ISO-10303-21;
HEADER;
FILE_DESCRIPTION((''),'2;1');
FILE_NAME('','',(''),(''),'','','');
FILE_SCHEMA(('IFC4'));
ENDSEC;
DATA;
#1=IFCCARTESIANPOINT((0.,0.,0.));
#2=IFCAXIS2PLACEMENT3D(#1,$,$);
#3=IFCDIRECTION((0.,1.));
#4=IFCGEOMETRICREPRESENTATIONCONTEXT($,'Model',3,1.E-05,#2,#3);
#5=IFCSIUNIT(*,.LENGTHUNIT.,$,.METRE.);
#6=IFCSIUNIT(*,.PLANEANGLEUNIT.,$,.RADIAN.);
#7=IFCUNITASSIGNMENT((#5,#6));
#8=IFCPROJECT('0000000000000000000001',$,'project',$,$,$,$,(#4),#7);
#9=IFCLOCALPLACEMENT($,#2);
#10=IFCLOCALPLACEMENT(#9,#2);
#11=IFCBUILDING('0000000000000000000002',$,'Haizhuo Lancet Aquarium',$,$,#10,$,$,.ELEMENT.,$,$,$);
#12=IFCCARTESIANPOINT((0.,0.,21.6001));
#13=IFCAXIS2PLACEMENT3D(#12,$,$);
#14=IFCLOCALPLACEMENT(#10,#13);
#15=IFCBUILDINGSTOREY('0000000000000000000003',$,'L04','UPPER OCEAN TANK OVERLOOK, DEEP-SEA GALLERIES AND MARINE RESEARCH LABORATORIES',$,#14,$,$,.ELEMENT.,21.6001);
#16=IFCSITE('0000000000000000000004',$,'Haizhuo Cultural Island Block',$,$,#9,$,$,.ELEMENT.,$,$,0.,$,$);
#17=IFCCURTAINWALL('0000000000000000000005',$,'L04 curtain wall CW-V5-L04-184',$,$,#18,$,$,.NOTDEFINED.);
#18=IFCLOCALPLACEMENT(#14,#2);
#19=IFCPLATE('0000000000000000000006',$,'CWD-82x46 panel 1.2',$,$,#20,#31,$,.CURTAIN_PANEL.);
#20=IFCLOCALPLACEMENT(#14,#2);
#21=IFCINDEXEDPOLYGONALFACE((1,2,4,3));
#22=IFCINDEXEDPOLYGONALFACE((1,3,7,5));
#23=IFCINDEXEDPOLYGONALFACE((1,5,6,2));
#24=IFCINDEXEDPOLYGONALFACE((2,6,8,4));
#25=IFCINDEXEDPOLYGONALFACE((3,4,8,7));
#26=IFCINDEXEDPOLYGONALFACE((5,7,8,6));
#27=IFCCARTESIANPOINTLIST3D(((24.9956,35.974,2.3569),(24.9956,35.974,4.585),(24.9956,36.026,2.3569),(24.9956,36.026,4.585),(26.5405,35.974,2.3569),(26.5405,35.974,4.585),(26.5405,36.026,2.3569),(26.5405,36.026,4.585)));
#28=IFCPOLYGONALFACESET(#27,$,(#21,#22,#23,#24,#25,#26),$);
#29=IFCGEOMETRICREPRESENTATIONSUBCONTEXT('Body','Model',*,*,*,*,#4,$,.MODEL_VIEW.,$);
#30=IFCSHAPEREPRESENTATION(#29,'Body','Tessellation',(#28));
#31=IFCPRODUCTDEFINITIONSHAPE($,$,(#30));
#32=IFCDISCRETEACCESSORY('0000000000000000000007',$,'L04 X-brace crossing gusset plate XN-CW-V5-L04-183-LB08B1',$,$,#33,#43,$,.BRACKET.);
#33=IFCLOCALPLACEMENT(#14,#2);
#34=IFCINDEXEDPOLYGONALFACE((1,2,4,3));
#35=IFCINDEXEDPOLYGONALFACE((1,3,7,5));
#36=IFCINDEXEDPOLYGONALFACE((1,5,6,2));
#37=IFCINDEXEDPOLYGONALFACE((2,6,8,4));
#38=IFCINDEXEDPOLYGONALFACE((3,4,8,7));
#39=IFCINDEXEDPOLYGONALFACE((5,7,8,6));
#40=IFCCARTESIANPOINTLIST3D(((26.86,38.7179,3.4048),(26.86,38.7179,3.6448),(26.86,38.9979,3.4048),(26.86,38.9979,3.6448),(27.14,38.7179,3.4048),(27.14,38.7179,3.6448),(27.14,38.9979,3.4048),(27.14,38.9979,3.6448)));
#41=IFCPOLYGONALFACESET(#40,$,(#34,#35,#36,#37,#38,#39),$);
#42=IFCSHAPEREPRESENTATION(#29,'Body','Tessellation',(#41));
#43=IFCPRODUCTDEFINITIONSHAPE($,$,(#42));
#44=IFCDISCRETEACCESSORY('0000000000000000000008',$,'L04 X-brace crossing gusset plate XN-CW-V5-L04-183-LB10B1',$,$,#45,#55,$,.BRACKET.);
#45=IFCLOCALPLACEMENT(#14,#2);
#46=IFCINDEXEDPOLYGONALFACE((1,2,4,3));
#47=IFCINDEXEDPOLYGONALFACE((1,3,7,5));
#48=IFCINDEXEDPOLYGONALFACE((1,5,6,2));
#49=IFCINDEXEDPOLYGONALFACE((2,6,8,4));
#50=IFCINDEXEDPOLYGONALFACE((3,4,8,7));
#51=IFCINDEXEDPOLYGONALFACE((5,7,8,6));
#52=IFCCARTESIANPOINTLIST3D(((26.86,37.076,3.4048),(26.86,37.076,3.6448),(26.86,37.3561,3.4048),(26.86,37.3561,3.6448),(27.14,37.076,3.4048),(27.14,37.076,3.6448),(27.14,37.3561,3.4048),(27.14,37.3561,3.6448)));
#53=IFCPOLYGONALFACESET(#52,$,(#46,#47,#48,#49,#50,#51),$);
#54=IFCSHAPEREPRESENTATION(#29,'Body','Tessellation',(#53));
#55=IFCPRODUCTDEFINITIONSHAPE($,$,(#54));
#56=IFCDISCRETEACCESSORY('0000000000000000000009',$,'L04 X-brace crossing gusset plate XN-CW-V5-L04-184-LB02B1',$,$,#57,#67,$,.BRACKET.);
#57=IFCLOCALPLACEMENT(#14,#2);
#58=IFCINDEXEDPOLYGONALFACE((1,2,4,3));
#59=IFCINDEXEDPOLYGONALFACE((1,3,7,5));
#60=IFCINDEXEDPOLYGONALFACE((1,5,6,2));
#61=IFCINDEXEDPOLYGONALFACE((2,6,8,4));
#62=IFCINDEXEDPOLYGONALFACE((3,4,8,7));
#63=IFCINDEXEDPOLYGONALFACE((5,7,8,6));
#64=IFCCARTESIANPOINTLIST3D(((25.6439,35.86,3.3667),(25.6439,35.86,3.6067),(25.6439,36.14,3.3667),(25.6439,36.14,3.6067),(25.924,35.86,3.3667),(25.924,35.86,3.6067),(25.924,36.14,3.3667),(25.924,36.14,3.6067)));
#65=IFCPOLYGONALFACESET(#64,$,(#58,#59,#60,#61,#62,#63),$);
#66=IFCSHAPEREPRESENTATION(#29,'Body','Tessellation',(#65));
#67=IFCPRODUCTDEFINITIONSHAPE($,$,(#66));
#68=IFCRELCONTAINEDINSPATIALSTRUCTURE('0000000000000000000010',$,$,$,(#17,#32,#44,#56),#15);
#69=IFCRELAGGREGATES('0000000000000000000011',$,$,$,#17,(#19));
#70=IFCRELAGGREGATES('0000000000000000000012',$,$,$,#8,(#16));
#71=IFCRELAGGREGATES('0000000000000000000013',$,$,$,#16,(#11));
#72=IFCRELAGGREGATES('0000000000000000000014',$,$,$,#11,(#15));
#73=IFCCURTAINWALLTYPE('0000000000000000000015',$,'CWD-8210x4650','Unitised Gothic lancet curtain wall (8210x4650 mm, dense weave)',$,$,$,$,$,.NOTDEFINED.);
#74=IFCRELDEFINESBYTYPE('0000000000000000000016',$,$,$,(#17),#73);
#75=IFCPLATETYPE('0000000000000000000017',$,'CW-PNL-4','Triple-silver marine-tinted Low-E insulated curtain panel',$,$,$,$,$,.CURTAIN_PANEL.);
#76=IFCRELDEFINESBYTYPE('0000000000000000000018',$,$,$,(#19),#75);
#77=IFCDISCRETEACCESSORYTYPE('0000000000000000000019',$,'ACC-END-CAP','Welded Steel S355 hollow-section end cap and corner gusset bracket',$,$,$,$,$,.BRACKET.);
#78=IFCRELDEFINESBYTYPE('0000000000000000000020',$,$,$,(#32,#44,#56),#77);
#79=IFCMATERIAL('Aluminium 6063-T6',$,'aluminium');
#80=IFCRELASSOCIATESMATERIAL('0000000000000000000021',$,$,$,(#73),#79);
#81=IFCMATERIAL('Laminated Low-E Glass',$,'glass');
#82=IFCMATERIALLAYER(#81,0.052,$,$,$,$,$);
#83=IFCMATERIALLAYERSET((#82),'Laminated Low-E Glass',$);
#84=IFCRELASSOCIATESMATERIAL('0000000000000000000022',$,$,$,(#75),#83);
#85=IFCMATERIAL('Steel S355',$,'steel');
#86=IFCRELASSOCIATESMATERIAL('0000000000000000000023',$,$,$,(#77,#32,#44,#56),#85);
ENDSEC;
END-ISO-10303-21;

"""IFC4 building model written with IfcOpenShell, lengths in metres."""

from ifc_helpers import new_model, si_unit, direction, frame, origin, origin_2d, place, context, subcontext, project, spatial, rectangle, extrude, material, layer, layer_set, type_object, element, aggregate, save


model = new_model("IFC4")

# Units and contexts
model_context = context("Model", 3, precision=1e-05, world=origin(), true_north=direction((0.0, 1.0)))
body_context = subcontext(model_context, "Body", "Model", "MODEL_VIEW")
ifc_project = project(units=[si_unit("LENGTHUNIT", "METRE"), si_unit("PLANEANGLEUNIT", "RADIAN")], contexts=[model_context])

# Site, building, storey
site_placement = place(None, origin())
site = spatial("IfcSite", under=ifc_project, at=site_placement, Name="Haizhuo Cultural Island Block", CompositionType="ELEMENT", RefElevation=0.0)
building_placement = place(site_placement, origin())
building = spatial("IfcBuilding", under=site, at=building_placement, Name="Haizhuo Lancet Aquarium", CompositionType="ELEMENT")
storey_placement = place(building_placement, frame((0.0, 0.0, 21.6001)))
storey = spatial("IfcBuildingStorey", under=building, at=storey_placement, Name="L04", Description="UPPER OCEAN TANK OVERLOOK, DEEP-SEA GALLERIES AND MARINE RESEARCH LABORATORIES", CompositionType="ELEMENT", Elevation=21.6001)

# Curtain wall
ifc_material_1 = material(Name="Aluminium 6063-T6", Category="aluminium")
curtain_wall_type_1 = type_object("IfcCurtainWallType", Name="CWD-8210x4650", Description="Unitised Gothic lancet curtain wall (8210x4650 mm, dense weave)", PredefinedType="NOTDEFINED", material=ifc_material_1)
curtain_wall_1_placement = place(storey_placement, origin())
curtain_wall_1 = element("IfcCurtainWall", 1, at=curtain_wall_1_placement, inside=storey, type_object=curtain_wall_type_1, Name="L04 curtain wall CW-V5-L04-184", PredefinedType="NOTDEFINED")

# Shared definitions
ifc_material_2 = material(Name="Steel S355", Category="steel")

# Plate
ifc_material_3 = material(Name="Laminated Low-E Glass", Category="glass")
ifc_layer_1 = layer(ifc_material_3, 0.052)
ifc_layer_set_1 = layer_set([ifc_layer_1], Name="Laminated Low-E Glass")
plate_type_1 = type_object("IfcPlateType", Name="CW-PNL-4", Description="Triple-silver marine-tinted Low-E insulated curtain panel", PredefinedType="CURTAIN_PANEL", material=ifc_layer_set_1)
plate_1_placement = place(storey_placement, frame((25.7681, 36.0, 2.3569), z_axis=(0.0, 0.0, 1.0), x_axis=(-1.0, 0.0, 0.0)))
plate_1 = element("IfcPlate", 2, at=plate_1_placement, type_object=plate_type_1, Name="CWD-82x46 panel 1.2", PredefinedType="CURTAIN_PANEL", context=body_context, shape_type="SweptSolid", body=[
    extrude(rectangle(XDim=1.5449, YDim=0.052, at=origin_2d()), origin(), (0.0, 0.0, 1.0), 2.228),
])
aggregate(curtain_wall_1, [plate_1])

# Discrete accessories
discrete_accessory_type = type_object("IfcDiscreteAccessoryType", Name="ACC-END-CAP", Description="Welded Steel S355 hollow-section end cap and corner gusset bracket", PredefinedType="BRACKET", material=ifc_material_2)
for number, where, z_axis, x_axis, name in (
    (3, (27.0, 38.8579, 3.4048), (0.0, 0.0, 1.0), (1.0, 0.0, 0.0), "L04 X-brace crossing gusset plate XN-CW-V5-L04-183-LB08B1"),
    (4, (27.0, 37.2161, 3.4048), (0.0, 0.0, 1.0), (1.0, 0.0, 0.0), "L04 X-brace crossing gusset plate XN-CW-V5-L04-183-LB10B1"),
    (5, (25.7839, 36.0, 3.3667), (0.0, 0.0, 1.0), (1.0, 0.0, 0.0), "L04 X-brace crossing gusset plate XN-CW-V5-L04-184-LB02B1"),
):
    element("IfcDiscreteAccessory", number, at=place(storey_placement, frame(where, z_axis=z_axis, x_axis=x_axis)), inside=storey, type_object=discrete_accessory_type, material=ifc_material_2, Name=name, PredefinedType="BRACKET", context=body_context, shape_type="SweptSolid", body=[
        extrude(rectangle(XDim=0.28, YDim=0.28, at=origin_2d()), origin(), (0.0, 0.0, 1.0), 0.24),
    ])

save(model, "model.ifc")
